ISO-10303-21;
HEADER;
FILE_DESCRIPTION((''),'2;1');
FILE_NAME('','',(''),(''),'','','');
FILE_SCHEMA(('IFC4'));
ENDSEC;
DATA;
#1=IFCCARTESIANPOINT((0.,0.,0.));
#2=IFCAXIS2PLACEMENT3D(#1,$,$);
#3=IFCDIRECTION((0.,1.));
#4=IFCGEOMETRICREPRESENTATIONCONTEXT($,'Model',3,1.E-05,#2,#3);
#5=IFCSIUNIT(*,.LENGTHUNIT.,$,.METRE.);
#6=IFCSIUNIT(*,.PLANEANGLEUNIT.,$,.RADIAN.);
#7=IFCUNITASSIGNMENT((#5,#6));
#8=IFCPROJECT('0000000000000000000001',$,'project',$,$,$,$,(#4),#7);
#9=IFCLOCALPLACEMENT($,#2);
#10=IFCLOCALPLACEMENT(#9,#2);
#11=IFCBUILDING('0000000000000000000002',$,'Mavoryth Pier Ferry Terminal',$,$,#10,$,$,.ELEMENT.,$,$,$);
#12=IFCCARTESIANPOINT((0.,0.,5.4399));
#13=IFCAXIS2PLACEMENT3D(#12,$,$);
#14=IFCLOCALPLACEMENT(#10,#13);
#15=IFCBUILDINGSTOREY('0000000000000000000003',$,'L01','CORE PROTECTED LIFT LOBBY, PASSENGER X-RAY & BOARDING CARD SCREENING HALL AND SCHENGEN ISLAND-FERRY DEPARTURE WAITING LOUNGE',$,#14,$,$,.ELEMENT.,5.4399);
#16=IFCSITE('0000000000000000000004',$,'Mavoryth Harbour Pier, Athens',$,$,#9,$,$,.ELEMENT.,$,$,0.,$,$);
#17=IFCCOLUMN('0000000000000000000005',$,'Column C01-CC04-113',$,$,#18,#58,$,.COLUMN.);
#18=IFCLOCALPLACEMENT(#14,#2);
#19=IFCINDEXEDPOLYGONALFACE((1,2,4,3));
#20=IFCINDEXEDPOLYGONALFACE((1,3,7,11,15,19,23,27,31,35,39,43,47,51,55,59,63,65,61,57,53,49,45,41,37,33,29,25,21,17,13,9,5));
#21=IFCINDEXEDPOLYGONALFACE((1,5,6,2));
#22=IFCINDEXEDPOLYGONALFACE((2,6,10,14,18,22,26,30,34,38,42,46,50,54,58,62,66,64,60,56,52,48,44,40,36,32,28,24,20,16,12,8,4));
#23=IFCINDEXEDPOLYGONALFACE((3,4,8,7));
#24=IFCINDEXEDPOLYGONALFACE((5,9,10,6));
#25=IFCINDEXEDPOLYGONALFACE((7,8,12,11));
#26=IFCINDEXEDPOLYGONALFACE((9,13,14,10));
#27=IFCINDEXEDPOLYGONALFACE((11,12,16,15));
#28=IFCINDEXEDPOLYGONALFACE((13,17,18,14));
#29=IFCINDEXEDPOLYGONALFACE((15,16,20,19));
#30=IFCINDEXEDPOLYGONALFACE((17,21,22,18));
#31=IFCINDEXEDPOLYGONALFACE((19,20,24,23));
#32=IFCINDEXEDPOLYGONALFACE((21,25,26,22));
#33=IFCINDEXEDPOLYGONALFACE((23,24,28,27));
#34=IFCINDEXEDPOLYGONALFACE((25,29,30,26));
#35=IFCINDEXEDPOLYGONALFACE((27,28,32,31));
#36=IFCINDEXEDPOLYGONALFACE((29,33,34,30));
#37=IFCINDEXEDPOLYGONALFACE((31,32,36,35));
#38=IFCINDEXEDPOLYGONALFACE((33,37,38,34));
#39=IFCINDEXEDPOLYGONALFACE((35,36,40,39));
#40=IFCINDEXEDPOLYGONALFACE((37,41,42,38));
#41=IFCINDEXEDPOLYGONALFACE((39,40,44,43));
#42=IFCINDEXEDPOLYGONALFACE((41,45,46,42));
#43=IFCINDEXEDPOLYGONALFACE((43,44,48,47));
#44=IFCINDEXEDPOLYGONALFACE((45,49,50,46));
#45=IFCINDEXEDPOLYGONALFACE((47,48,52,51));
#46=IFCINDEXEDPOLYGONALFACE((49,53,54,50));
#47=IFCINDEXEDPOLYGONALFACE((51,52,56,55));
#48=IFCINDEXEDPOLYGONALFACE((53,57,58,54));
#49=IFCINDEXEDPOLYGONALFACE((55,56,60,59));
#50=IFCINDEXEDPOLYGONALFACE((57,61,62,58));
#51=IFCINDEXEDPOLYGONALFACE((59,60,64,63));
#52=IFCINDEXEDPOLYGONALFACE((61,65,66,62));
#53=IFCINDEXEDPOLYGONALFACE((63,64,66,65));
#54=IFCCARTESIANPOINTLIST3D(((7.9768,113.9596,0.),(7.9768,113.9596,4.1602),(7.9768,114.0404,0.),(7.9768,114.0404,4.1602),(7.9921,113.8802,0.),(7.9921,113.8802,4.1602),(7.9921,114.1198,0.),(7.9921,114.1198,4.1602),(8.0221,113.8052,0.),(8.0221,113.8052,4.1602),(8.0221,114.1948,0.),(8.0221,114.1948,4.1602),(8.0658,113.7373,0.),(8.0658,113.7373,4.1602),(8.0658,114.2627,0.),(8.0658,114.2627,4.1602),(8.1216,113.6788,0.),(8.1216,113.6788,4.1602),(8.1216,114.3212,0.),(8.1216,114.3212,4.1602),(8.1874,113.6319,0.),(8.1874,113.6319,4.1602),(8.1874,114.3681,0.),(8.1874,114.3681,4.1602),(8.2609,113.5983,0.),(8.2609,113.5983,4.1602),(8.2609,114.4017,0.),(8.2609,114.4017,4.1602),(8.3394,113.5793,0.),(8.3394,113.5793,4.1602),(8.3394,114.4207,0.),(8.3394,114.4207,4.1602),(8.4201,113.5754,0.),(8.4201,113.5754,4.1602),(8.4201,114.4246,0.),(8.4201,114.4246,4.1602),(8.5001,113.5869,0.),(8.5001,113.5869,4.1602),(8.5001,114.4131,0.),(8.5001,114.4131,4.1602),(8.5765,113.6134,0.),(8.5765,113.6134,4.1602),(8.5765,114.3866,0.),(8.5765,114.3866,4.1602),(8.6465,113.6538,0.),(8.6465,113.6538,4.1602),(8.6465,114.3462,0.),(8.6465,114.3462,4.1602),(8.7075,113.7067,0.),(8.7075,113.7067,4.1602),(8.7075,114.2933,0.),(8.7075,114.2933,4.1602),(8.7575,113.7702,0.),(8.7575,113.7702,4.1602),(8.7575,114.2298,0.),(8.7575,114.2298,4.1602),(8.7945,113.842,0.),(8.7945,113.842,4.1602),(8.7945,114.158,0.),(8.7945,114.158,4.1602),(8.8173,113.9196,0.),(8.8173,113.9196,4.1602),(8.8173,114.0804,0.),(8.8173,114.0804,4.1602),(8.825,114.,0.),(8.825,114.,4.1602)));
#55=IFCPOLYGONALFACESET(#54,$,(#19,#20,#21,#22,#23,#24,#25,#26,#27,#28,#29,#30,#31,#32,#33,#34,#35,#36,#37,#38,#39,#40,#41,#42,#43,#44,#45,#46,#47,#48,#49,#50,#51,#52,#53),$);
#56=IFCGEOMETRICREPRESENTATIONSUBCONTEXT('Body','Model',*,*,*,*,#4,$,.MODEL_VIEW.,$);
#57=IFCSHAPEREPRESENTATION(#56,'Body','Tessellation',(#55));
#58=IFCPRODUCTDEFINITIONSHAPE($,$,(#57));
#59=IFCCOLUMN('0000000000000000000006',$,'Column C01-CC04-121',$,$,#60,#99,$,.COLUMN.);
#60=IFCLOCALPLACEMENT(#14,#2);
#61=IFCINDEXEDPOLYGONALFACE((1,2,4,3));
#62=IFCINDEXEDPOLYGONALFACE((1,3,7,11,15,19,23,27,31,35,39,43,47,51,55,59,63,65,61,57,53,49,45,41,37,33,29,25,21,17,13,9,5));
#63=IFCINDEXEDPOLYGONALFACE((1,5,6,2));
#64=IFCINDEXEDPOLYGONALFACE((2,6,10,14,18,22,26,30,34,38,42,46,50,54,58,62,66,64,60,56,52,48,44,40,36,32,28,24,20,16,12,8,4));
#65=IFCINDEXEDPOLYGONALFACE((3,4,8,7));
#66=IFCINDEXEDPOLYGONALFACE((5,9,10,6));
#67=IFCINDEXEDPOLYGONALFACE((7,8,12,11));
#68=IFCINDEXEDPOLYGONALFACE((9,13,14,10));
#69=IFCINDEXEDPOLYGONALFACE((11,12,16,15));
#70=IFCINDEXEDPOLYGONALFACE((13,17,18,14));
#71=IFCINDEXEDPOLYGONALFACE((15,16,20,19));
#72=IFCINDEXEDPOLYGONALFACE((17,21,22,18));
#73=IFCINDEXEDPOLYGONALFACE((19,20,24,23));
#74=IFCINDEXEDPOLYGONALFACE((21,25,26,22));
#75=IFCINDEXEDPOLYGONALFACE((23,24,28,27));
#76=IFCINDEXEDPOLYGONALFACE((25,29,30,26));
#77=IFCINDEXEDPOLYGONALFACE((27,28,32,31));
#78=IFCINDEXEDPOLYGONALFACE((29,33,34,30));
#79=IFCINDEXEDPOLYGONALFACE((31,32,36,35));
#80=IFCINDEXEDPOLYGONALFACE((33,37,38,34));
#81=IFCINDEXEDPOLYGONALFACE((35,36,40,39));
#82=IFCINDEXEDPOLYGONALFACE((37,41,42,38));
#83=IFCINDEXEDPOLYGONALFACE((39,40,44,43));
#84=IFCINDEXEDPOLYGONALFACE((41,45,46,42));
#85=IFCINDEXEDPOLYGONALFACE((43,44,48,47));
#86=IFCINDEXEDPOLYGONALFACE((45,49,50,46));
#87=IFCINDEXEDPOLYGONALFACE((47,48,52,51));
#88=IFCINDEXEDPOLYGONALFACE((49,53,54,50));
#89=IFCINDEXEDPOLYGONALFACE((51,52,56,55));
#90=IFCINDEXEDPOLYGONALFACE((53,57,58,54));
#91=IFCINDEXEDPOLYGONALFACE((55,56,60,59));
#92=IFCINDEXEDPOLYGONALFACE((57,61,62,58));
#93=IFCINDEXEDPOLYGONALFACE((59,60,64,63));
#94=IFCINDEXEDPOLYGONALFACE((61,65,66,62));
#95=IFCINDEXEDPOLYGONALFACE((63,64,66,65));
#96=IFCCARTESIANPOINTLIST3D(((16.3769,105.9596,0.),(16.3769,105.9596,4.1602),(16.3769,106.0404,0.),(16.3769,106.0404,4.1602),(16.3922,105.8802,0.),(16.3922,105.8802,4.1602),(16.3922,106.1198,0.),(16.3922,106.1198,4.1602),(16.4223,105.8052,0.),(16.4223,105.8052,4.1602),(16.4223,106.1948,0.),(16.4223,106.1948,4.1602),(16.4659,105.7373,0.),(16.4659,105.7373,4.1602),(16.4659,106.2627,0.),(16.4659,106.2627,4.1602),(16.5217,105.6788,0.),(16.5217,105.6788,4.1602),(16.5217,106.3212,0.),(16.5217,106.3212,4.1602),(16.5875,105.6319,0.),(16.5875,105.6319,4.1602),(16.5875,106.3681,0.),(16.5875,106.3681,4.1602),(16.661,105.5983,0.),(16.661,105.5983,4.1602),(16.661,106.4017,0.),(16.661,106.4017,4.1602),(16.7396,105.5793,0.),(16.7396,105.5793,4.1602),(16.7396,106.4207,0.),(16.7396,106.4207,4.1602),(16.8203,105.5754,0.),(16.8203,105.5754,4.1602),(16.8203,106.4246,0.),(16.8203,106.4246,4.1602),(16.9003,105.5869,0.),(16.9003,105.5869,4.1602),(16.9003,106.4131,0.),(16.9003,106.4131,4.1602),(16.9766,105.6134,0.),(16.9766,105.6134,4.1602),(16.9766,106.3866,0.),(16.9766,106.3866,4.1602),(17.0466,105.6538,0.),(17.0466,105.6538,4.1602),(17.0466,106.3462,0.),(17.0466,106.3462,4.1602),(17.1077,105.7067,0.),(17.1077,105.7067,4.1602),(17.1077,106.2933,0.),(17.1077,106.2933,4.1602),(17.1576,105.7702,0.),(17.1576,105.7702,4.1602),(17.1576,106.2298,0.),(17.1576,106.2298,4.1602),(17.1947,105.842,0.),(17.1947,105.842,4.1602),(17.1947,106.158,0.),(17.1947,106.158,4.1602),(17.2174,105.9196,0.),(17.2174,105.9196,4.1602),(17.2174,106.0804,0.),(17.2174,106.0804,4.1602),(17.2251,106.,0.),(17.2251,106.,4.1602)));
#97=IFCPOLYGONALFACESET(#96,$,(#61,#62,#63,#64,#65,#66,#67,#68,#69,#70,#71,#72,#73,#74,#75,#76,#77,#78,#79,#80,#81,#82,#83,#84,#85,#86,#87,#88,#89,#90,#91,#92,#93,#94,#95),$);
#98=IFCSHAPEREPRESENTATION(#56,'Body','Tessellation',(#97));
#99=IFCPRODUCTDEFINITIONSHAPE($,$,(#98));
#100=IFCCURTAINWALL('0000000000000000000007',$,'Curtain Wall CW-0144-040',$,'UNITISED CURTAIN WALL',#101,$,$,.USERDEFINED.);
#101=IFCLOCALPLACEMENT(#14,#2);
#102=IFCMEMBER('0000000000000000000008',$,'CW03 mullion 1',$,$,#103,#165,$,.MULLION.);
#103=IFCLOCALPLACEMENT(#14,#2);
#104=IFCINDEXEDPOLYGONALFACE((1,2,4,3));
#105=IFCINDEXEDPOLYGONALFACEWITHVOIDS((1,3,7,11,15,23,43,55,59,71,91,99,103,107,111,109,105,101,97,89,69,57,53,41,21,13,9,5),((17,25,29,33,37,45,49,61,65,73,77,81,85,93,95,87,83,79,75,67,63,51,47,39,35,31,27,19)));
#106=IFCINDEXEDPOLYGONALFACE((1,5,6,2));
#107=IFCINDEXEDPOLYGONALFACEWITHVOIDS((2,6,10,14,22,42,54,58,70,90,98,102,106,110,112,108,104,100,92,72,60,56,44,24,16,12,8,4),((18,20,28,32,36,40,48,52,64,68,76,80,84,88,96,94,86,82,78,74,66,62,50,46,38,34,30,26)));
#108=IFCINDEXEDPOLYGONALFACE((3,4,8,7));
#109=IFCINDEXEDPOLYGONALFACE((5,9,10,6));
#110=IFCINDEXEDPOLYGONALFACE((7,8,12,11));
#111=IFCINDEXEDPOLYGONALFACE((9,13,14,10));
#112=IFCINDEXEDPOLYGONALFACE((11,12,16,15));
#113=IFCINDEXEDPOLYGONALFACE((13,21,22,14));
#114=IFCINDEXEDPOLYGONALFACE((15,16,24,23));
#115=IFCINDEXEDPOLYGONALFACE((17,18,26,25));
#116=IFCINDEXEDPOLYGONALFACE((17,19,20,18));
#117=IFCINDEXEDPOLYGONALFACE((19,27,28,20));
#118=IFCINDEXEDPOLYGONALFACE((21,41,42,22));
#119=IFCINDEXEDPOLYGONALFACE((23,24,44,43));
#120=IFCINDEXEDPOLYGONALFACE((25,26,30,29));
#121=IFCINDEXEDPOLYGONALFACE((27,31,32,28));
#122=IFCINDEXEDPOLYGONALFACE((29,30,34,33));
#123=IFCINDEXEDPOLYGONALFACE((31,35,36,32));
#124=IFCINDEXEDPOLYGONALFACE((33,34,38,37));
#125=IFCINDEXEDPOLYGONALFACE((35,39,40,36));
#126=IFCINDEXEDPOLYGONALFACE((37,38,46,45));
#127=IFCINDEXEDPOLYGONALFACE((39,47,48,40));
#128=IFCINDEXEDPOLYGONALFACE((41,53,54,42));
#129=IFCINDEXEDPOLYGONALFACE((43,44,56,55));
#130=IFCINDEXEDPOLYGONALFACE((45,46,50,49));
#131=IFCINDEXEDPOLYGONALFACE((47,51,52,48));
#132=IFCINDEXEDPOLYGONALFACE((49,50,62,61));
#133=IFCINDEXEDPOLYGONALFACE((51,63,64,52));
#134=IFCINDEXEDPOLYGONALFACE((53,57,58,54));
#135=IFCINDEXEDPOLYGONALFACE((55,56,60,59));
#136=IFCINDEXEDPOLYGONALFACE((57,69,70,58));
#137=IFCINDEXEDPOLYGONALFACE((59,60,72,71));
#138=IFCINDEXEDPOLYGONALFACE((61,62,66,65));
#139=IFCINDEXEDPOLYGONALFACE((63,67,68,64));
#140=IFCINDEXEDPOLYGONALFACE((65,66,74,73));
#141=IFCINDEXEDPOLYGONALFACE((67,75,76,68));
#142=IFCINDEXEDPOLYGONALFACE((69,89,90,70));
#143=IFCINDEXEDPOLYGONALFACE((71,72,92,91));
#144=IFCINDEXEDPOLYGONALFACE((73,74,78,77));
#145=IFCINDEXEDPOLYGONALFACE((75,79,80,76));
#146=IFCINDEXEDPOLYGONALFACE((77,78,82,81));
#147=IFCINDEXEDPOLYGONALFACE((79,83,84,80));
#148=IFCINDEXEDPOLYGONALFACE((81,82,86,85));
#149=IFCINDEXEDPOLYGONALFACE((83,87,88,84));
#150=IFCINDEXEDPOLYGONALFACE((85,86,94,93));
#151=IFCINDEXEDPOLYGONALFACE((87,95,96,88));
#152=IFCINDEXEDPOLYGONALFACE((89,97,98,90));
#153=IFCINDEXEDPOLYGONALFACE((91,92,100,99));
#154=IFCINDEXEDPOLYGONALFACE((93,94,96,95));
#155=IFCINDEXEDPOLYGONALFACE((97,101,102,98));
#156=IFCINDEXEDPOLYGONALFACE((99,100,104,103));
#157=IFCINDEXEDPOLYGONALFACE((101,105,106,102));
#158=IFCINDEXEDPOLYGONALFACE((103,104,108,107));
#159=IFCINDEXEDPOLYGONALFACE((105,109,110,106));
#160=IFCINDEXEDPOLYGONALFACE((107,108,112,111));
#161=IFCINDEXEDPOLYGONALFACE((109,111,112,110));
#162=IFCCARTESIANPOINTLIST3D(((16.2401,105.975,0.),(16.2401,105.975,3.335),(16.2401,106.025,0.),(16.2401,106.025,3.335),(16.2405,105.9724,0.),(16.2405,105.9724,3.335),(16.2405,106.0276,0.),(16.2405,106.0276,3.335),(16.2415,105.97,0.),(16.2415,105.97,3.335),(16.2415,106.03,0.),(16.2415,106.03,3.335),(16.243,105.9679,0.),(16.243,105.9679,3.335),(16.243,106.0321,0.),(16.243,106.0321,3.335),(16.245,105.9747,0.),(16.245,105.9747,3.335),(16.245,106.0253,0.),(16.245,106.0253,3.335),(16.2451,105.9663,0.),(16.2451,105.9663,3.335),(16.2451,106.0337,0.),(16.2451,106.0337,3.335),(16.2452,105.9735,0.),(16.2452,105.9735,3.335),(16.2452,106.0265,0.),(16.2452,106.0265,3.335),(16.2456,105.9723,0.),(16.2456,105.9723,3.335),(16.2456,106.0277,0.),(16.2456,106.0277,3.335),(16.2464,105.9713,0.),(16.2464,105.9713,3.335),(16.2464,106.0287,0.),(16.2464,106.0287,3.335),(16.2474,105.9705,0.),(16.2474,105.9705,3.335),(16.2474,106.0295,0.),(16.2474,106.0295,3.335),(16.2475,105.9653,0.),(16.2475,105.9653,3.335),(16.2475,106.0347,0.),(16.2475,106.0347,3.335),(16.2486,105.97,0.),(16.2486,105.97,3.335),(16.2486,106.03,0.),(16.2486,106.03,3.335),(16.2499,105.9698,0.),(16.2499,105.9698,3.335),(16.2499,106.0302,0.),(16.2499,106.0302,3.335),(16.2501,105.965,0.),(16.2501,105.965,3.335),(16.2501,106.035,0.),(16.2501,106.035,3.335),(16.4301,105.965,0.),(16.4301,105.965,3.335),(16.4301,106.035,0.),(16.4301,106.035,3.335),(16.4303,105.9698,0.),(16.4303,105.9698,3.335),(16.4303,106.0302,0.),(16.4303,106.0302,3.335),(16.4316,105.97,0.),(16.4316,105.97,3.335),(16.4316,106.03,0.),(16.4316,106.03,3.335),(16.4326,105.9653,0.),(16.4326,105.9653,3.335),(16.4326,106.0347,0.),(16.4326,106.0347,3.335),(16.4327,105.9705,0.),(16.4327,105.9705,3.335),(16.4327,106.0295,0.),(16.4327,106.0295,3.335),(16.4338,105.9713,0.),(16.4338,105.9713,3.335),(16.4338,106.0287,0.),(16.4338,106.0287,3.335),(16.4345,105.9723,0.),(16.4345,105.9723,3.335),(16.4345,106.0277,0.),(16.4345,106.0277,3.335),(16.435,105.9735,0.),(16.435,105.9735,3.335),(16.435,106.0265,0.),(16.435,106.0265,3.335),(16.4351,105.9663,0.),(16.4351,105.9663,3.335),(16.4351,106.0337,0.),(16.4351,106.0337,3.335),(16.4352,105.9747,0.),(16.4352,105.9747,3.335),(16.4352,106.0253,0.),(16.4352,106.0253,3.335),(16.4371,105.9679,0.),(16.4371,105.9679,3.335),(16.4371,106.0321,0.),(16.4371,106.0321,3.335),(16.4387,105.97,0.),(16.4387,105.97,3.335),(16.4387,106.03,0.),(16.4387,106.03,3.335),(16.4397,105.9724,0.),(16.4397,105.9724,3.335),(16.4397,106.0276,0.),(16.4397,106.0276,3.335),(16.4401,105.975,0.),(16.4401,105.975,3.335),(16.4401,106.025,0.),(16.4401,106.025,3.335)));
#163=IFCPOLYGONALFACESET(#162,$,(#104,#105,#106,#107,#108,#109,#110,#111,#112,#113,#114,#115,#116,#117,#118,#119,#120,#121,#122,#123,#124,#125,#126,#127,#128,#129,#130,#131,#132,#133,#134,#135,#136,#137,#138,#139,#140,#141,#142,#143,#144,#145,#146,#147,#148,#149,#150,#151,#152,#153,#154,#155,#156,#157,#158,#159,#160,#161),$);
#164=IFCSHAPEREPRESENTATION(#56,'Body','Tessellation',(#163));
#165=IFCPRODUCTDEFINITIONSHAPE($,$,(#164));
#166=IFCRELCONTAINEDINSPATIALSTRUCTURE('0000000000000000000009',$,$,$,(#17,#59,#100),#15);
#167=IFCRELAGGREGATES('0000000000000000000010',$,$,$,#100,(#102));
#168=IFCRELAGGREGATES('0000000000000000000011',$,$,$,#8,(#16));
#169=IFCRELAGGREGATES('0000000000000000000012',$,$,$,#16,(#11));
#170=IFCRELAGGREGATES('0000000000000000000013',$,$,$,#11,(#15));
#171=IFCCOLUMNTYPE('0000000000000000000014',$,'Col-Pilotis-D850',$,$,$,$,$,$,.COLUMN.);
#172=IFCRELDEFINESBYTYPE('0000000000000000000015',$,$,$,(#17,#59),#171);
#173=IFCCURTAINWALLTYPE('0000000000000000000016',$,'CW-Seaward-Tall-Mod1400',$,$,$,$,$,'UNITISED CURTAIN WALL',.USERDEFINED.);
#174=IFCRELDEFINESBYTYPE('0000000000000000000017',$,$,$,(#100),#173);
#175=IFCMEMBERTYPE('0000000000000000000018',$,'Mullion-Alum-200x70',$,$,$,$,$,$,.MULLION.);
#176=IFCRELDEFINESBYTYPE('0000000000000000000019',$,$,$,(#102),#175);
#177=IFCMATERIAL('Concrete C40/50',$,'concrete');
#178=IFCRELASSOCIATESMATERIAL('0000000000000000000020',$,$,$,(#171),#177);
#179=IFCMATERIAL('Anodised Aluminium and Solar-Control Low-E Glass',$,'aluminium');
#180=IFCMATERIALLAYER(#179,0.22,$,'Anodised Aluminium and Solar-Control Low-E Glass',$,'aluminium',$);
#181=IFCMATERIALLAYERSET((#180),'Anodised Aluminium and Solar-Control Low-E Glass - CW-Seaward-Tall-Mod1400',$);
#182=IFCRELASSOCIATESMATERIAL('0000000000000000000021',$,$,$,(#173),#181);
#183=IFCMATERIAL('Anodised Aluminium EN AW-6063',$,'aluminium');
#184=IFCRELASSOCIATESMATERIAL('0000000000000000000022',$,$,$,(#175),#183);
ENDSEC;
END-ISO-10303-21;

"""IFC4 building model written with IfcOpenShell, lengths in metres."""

from ifc_helpers import new_model, si_unit, direction, frame, origin, origin_2d, place, context, subcontext, project, spatial, hollow_rectangle, circle, extrude, material, layer, layer_set, material_profile, profile_set, type_object, element, aggregate, save


model = new_model("IFC4")

# Units and contexts
model_context = context("Model", 3, precision=1e-05, world=origin(), true_north=direction((0.0, 1.0)))
body_context = subcontext(model_context, "Body", "Model", "MODEL_VIEW")
ifc_project = project(units=[si_unit("LENGTHUNIT", "METRE"), si_unit("PLANEANGLEUNIT", "RADIAN")], contexts=[model_context])

# Site, building, storey
site_placement = place(None, origin())
site = spatial("IfcSite", under=ifc_project, at=site_placement, Name="Mavoryth Harbour Pier, Athens", CompositionType="ELEMENT", RefElevation=0.0)
building_placement = place(site_placement, origin())
building = spatial("IfcBuilding", under=site, at=building_placement, Name="Mavoryth Pier Ferry Terminal", CompositionType="ELEMENT")
storey_placement = place(building_placement, frame((0.0, 0.0, 5.4399)))
storey = spatial("IfcBuildingStorey", under=building, at=storey_placement, Name="L01", Description="CORE PROTECTED LIFT LOBBY, PASSENGER X-RAY & BOARDING CARD SCREENING HALL AND SCHENGEN ISLAND-FERRY DEPARTURE WAITING LOUNGE", CompositionType="ELEMENT", Elevation=5.4399)

# Columns
ifc_material_1 = material(Name="Concrete C40/50", Category="concrete")
ifc_material_profile_1 = material_profile(ifc_material_1, circle(Radius=0.425, at=origin_2d()), Name="RC D850", Category="concrete")
ifc_profile_set_1 = profile_set([ifc_material_profile_1], Name="Concrete C40/50 - RC D850")
column_type = type_object("IfcColumnType", Name="Col-Pilotis-D850", PredefinedType="COLUMN", material=ifc_profile_set_1)
for number, where, z_axis, x_axis, name in (
    (1, (8.3999, 114.0, 0.0), (0.0, 0.0, 1.0), (1.0, 0.0, 0.0), "Column C01-CC04-113"),
    (2, (16.8, 106.0, 0.0), (0.0, 0.0, 1.0), (1.0, 0.0, 0.0), "Column C01-CC04-121"),
):
    element("IfcColumn", number, at=place(storey_placement, frame(where, z_axis=z_axis, x_axis=x_axis)), inside=storey, type_object=column_type, Name=name, PredefinedType="COLUMN", context=body_context, shape_type="SweptSolid", body=[
        extrude(circle(Radius=0.425, at=origin_2d()), origin(), (0.0, 0.0, 1.0), 4.1602),
    ])

# Curtain wall, member
ifc_material_2 = material(Name="Anodised Aluminium and Solar-Control Low-E Glass", Category="aluminium")
ifc_layer_1 = layer(ifc_material_2, 0.22, Name="Anodised Aluminium and Solar-Control Low-E Glass", Category="aluminium")
ifc_layer_set_1 = layer_set([ifc_layer_1], Name="Anodised Aluminium and Solar-Control Low-E Glass - CW-Seaward-Tall-Mod1400")
curtain_wall_type = type_object("IfcCurtainWallType", Name="CW-Seaward-Tall-Mod1400", ElementType="UNITISED CURTAIN WALL", PredefinedType="USERDEFINED", material=ifc_layer_set_1)
curtain_wall_placement = place(storey_placement, origin())
curtain_wall = element("IfcCurtainWall", 3, at=curtain_wall_placement, inside=storey, type_object=curtain_wall_type, Name="Curtain Wall CW-0144-040", ObjectType="UNITISED CURTAIN WALL", PredefinedType="USERDEFINED")
ifc_material_3 = material(Name="Anodised Aluminium EN AW-6063", Category="aluminium")
ifc_material_profile_2 = material_profile(ifc_material_3, hollow_rectangle(XDim=0.0701, YDim=0.2, WallThickness=0.0049, InnerFilletRadius=0.0049, OuterFilletRadius=0.01, at=origin_2d()), Name="AL-MULL 200x70x5", Category="aluminium")
ifc_profile_set_2 = profile_set([ifc_material_profile_2], Name="Anodised Aluminium EN AW-6063 - AL-MULL 200x70x5")
member_type_1 = type_object("IfcMemberType", Name="Mullion-Alum-200x70", PredefinedType="MULLION", material=ifc_profile_set_2)
member_1_placement = place(storey_placement, frame((16.3401, 106.0, 0.0), z_axis=(0.0, 0.0, 1.0), x_axis=(0.0, -1.0, 0.0)))
member_1 = element("IfcMember", 4, at=member_1_placement, type_object=member_type_1, Name="CW03 mullion 1", PredefinedType="MULLION", context=body_context, shape_type="SweptSolid", body=[
    extrude(hollow_rectangle(XDim=0.0701, YDim=0.2, WallThickness=0.0049, InnerFilletRadius=0.0049, OuterFilletRadius=0.01, at=origin_2d()), origin(), (0.0, 0.0, 1.0), 3.335),
])
aggregate(curtain_wall, [member_1])

save(model, "model.ifc")
